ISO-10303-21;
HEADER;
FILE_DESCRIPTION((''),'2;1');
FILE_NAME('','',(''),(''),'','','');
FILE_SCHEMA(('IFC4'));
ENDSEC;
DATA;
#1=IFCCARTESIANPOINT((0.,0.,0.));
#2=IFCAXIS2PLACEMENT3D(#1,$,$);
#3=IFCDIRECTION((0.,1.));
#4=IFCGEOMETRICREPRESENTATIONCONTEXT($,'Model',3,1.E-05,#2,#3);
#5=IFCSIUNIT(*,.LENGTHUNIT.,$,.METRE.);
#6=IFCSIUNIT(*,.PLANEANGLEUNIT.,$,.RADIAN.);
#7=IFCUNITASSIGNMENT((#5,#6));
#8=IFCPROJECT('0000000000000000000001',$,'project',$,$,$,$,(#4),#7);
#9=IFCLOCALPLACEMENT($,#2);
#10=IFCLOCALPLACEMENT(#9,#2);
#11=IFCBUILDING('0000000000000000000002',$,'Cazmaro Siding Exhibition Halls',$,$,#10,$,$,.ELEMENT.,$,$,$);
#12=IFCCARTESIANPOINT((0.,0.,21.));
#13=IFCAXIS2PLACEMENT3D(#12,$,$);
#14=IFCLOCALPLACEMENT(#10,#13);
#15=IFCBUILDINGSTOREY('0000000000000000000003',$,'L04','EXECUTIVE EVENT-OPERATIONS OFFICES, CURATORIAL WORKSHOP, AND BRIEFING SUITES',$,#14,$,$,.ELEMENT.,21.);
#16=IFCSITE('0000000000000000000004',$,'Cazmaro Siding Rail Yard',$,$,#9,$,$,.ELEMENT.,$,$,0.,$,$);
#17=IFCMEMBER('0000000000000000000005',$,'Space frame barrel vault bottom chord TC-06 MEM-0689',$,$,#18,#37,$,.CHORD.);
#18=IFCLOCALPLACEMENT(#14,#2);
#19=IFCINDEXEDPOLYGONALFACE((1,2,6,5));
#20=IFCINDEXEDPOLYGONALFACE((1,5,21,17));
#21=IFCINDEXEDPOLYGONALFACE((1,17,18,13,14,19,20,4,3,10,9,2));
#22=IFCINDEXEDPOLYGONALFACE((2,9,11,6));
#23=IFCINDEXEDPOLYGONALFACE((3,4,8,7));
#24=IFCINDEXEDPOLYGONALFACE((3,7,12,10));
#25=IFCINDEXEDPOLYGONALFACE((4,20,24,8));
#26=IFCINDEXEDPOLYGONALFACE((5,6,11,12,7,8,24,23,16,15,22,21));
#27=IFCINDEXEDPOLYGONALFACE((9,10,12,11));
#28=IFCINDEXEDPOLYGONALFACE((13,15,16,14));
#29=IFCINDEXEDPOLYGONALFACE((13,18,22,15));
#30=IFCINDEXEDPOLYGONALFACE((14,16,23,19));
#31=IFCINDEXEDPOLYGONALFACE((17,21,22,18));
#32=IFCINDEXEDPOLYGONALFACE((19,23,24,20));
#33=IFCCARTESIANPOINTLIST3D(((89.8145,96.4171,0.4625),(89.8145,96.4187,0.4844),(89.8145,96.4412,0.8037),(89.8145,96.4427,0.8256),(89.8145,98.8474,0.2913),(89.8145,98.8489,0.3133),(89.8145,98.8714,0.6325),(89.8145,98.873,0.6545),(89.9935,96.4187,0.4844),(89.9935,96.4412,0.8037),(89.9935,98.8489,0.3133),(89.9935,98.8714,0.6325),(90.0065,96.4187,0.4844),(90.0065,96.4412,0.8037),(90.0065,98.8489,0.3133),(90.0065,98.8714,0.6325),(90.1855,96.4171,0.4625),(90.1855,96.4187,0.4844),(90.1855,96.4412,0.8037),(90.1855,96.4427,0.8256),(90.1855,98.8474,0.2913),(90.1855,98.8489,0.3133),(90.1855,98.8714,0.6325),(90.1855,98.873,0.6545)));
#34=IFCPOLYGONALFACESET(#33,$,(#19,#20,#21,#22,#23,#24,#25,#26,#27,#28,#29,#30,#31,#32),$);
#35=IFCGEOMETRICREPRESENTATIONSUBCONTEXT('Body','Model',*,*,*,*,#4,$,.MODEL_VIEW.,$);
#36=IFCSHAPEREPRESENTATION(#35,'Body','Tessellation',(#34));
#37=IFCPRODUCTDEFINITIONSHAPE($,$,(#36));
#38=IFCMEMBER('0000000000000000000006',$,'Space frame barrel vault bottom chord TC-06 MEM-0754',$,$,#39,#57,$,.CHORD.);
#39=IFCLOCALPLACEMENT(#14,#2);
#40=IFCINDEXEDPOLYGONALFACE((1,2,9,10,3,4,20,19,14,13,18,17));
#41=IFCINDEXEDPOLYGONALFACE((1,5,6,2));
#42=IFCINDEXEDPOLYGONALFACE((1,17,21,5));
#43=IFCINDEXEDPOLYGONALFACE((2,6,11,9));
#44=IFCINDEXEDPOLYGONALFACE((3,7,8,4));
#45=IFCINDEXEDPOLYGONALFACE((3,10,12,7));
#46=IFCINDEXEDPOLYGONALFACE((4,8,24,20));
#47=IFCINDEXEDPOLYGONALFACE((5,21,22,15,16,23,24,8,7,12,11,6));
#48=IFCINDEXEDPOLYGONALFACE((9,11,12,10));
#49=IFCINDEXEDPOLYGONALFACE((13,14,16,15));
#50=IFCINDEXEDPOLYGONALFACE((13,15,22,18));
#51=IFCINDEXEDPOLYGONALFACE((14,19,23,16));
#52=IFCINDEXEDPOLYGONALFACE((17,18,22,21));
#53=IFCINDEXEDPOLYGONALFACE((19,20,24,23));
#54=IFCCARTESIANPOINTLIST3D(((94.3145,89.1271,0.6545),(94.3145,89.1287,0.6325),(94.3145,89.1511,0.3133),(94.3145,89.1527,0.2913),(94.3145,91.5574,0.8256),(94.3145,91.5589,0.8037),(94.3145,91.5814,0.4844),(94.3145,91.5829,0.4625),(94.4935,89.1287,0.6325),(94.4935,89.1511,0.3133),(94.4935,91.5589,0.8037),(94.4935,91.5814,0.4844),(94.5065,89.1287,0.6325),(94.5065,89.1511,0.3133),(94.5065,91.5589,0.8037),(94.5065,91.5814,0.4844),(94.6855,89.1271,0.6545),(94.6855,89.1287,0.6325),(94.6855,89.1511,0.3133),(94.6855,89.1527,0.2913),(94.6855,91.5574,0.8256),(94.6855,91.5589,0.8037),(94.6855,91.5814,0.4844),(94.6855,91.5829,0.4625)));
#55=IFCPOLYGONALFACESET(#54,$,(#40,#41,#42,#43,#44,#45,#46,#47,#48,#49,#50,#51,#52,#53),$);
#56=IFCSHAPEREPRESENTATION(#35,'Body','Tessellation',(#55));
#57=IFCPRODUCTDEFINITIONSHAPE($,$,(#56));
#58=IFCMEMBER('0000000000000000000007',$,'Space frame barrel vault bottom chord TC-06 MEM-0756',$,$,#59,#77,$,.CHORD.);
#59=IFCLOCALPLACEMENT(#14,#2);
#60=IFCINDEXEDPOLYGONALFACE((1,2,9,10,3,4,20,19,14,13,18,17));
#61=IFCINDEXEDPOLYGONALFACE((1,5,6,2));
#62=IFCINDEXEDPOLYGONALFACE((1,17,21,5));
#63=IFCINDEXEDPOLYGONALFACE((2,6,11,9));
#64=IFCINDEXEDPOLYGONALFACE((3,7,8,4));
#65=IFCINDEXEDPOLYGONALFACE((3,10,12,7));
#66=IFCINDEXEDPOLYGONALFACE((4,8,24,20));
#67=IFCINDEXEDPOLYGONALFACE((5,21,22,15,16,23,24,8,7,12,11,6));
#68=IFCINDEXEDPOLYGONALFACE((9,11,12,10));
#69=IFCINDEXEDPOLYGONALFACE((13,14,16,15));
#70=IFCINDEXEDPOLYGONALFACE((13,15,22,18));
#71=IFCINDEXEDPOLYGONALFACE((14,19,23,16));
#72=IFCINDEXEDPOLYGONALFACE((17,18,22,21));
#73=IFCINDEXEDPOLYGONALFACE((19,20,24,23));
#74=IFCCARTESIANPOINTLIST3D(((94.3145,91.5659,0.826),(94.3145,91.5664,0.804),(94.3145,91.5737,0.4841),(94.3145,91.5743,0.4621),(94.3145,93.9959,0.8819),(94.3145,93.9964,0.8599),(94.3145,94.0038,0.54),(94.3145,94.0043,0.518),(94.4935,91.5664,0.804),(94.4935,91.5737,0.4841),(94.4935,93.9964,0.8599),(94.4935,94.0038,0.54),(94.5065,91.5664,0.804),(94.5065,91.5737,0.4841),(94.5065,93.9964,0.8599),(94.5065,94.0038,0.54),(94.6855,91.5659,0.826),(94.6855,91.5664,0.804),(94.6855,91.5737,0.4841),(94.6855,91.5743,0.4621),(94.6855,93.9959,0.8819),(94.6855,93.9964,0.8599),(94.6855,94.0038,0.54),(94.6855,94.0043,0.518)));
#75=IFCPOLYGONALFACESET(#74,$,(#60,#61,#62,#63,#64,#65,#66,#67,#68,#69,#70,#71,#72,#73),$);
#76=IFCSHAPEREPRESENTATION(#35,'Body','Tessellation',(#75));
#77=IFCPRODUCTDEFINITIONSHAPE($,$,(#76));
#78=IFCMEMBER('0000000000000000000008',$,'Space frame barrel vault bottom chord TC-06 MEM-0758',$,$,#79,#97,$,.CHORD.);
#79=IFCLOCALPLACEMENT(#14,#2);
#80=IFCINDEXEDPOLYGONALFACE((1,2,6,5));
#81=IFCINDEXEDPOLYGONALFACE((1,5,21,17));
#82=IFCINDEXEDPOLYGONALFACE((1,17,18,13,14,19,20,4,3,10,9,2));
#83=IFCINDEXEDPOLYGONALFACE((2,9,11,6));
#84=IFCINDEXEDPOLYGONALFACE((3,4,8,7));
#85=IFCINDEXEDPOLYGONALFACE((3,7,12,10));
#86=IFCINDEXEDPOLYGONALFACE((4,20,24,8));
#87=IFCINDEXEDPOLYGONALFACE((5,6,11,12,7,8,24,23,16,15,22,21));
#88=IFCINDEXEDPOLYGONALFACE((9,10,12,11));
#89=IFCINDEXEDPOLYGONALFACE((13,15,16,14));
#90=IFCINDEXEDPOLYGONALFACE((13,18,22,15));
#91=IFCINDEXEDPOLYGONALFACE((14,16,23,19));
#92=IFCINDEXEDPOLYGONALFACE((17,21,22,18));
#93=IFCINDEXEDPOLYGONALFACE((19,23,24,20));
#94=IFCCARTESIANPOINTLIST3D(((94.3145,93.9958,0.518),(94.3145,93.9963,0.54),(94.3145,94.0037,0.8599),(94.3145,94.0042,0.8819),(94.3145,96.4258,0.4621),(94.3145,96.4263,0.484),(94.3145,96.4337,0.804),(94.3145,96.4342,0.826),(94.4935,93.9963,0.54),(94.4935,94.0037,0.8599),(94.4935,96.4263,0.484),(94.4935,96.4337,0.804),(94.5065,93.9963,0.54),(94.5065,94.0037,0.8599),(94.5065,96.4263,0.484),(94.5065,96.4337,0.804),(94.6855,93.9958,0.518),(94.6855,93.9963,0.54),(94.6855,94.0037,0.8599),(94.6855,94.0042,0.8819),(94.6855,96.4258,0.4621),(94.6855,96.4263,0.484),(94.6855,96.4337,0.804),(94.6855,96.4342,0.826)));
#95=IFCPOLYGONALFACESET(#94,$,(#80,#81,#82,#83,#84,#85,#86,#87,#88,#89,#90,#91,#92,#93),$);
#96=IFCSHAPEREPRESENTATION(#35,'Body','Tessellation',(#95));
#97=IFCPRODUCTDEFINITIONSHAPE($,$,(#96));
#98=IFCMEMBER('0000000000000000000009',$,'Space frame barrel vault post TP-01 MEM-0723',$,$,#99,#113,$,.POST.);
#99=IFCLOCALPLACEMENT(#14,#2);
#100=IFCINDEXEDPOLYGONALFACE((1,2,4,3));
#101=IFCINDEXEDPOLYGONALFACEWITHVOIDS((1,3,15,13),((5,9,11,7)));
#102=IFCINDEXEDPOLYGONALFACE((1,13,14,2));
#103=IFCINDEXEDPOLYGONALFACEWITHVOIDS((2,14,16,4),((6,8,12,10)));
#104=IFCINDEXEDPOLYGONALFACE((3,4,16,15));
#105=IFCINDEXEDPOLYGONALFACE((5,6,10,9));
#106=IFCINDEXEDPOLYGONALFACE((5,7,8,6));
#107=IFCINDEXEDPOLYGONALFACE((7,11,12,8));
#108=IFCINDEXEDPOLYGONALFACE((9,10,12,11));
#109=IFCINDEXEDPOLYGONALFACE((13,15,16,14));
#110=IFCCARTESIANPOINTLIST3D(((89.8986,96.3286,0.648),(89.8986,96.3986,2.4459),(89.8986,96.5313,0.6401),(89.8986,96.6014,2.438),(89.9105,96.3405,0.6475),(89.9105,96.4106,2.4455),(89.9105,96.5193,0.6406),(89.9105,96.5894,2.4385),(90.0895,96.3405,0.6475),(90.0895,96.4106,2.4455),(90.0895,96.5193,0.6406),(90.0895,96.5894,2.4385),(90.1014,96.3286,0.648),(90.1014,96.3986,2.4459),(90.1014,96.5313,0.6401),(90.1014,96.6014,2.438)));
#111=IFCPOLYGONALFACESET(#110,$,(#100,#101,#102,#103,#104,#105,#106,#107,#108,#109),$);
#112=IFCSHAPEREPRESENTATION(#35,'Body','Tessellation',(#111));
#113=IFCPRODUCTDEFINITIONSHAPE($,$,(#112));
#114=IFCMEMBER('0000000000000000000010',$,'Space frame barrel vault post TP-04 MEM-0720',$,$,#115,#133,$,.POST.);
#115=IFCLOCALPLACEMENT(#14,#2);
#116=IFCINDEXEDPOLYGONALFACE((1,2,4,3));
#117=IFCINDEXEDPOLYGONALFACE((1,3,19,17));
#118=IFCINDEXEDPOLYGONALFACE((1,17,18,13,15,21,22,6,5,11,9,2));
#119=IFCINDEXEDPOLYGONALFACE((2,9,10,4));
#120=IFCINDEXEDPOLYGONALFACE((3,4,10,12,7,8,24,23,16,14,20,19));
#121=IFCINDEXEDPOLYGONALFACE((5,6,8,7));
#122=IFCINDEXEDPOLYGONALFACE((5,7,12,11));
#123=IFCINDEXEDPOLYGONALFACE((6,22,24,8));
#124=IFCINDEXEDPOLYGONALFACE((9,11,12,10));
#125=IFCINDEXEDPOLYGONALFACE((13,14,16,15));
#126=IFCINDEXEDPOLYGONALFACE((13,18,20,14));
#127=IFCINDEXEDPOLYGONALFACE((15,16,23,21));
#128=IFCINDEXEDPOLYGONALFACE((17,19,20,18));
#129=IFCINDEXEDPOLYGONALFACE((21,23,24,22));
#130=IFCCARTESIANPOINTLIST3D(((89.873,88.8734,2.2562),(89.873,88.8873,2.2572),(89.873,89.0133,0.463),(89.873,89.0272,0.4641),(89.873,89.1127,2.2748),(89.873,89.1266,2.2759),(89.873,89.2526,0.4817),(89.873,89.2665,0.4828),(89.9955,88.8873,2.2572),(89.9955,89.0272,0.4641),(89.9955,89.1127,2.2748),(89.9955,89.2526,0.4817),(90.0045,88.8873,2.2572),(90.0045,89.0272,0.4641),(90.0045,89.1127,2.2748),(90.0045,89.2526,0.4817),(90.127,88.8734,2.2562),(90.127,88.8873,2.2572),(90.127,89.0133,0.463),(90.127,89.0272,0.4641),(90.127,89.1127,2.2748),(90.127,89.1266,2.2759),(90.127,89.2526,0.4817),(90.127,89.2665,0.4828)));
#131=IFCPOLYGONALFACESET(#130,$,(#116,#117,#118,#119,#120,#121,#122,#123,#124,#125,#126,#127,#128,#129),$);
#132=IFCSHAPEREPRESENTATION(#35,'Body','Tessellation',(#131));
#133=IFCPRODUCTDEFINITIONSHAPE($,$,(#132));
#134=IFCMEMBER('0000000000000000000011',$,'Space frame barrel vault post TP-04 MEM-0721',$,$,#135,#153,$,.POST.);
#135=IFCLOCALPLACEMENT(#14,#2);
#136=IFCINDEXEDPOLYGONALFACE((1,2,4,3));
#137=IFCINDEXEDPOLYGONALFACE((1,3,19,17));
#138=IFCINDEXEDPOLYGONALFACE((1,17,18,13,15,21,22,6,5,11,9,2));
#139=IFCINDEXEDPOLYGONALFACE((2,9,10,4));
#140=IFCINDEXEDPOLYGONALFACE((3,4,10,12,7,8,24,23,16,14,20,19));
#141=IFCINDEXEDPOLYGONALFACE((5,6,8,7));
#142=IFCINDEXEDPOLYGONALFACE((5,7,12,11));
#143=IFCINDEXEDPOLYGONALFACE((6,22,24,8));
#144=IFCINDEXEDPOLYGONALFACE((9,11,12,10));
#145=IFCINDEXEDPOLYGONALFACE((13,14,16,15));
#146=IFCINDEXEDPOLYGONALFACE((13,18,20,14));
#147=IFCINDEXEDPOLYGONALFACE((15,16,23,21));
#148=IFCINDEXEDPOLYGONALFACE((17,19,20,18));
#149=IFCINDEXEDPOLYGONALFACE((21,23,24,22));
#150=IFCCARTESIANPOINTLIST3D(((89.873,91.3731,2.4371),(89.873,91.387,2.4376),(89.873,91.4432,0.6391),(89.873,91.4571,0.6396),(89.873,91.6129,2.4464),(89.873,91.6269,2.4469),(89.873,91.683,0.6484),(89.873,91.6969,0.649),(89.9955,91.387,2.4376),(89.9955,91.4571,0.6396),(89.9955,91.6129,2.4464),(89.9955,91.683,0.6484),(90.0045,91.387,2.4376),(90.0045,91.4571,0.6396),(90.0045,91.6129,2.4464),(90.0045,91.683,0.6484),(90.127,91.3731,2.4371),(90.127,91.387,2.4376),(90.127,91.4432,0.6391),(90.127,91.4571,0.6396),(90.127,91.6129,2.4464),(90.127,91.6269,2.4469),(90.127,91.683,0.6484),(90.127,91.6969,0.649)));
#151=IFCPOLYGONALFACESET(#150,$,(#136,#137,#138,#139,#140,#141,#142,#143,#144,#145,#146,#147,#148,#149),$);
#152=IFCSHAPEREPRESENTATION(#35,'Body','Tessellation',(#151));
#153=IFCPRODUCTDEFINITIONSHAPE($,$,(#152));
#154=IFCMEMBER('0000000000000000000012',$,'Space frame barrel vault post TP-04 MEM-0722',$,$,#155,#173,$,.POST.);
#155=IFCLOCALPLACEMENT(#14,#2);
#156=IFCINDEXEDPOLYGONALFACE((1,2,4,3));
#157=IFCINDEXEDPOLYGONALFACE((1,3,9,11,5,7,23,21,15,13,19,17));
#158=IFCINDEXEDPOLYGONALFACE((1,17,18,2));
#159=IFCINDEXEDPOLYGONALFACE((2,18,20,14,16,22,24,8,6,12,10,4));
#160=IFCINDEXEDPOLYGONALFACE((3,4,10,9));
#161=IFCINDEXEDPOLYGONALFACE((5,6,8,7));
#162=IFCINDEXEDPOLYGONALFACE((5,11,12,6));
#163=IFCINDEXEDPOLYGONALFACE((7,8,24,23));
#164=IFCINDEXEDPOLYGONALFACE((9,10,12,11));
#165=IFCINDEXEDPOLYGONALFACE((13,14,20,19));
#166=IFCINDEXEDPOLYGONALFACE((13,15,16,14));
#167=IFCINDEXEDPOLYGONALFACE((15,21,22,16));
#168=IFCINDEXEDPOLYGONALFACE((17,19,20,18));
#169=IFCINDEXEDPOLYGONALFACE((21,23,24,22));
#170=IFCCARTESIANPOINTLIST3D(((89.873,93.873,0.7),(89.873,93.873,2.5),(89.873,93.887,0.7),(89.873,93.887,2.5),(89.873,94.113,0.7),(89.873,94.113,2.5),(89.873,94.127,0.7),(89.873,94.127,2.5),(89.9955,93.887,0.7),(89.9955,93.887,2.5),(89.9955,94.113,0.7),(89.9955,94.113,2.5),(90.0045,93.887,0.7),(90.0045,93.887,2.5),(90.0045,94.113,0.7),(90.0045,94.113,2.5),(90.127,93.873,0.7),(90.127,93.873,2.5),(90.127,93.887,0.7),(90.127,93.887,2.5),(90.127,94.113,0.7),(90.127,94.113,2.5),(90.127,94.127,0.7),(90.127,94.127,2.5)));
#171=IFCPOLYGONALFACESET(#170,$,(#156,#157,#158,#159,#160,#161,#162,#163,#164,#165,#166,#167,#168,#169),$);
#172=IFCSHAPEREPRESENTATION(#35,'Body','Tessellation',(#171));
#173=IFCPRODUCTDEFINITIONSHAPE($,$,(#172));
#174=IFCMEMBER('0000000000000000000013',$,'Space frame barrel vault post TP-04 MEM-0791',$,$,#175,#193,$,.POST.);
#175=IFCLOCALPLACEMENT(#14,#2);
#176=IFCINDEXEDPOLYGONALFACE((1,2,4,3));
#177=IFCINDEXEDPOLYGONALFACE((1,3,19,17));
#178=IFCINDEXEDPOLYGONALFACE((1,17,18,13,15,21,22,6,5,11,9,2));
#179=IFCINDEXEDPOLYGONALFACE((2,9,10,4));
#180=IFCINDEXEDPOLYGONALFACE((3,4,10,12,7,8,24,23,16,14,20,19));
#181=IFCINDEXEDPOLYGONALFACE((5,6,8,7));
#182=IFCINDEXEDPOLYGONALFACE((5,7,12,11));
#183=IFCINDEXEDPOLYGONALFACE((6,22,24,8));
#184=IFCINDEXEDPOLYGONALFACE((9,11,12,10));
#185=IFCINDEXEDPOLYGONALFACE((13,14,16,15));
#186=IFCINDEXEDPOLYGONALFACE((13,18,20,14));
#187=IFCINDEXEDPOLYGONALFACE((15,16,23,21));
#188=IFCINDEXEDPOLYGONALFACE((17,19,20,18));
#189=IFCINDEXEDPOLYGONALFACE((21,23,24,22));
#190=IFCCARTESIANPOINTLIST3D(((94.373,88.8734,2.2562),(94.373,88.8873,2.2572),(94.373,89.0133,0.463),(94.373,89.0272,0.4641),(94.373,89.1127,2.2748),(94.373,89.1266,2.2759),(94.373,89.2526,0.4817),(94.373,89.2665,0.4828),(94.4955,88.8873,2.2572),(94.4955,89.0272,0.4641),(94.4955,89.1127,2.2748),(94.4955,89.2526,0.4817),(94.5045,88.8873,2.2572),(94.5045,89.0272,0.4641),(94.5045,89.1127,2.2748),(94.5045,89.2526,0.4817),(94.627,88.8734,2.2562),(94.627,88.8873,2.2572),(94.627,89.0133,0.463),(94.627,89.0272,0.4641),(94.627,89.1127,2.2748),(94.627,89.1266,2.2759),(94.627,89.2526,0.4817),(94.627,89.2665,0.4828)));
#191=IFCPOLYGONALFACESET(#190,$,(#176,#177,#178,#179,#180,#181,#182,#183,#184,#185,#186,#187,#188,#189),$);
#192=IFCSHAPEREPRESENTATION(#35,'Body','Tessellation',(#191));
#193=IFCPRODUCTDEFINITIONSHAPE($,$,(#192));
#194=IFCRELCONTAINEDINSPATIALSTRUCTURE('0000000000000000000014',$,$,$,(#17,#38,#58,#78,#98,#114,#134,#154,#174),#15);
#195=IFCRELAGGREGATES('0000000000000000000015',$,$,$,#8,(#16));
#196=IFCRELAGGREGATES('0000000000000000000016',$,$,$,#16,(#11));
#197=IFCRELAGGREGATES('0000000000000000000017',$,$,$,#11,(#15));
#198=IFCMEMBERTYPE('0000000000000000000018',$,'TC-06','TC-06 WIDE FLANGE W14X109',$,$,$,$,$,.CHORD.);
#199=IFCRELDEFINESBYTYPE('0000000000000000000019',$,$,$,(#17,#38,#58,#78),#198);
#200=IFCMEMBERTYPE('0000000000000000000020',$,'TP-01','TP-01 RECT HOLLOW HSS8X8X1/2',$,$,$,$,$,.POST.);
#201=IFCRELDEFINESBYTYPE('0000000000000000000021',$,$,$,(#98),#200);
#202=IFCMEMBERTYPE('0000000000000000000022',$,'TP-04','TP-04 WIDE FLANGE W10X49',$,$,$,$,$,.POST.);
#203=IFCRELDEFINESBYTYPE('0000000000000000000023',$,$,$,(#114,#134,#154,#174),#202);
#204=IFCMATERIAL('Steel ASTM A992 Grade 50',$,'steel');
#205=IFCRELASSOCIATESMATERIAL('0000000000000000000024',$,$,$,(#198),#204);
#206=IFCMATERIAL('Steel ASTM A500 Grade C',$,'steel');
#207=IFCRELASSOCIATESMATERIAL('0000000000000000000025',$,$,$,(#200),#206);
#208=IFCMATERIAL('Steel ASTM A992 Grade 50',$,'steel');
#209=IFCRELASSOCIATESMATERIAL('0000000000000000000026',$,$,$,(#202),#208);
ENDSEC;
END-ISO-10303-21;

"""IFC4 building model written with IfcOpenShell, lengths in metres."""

from ifc_helpers import new_model, si_unit, direction, frame, origin, origin_2d, place, context, subcontext, project, spatial, hollow_rectangle, i_section, extrude, material, material_profile, profile_set, type_object, element, save


model = new_model("IFC4")

# Units and contexts
model_context = context("Model", 3, precision=1e-05, world=origin(), true_north=direction((0.0, 1.0)))
body_context = subcontext(model_context, "Body", "Model", "MODEL_VIEW")
ifc_project = project(units=[si_unit("LENGTHUNIT", "METRE"), si_unit("PLANEANGLEUNIT", "RADIAN")], contexts=[model_context])

# Site, building, storey
site_placement = place(None, origin())
site = spatial("IfcSite", under=ifc_project, at=site_placement, Name="Cazmaro Siding Rail Yard", CompositionType="ELEMENT", RefElevation=0.0)
building_placement = place(site_placement, origin())
building = spatial("IfcBuilding", under=site, at=building_placement, Name="Cazmaro Siding Exhibition Halls", CompositionType="ELEMENT")
storey_placement = place(building_placement, frame((0.0, 0.0, 21.0)))
storey = spatial("IfcBuildingStorey", under=building, at=storey_placement, Name="L04", Description="EXECUTIVE EVENT-OPERATIONS OFFICES, CURATORIAL WORKSHOP, AND BRIEFING SUITES", CompositionType="ELEMENT", Elevation=21.0)

# Members
ifc_material_1 = material(Name="Steel ASTM A992 Grade 50", Category="steel")
ifc_material_profile_1 = material_profile(ifc_material_1, i_section(OverallWidth=0.3711, OverallDepth=0.364, WebThickness=0.0129, FlangeThickness=0.022, at=origin_2d()), Name="W14X109")
ifc_profile_set_1 = profile_set([ifc_material_profile_1], Name="Steel ASTM A992 Grade 50")
member_type_1 = type_object("IfcMemberType", Name="TC-06", Description="TC-06 WIDE FLANGE W14X109", PredefinedType="CHORD", material=ifc_profile_set_1)
for number, where, z_axis, x_axis, name in (
    (1, (90.0, 96.4299, 0.644), (0.0, 0.997529, -0.07025), (-1.0, 0.0, 0.0), "Space frame barrel vault bottom chord TC-06 MEM-0689"),
    (2, (94.5, 89.1399, 0.4729), (0.0, 0.997529, 0.07025), (-1.0, 0.0, 0.0), "Space frame barrel vault bottom chord TC-06 MEM-0754"),
):
    element("IfcMember", number, at=place(storey_placement, frame(where, z_axis=z_axis, x_axis=x_axis)), inside=storey, type_object=member_type_1, Name=name, PredefinedType="CHORD", context=body_context, shape_type="SweptSolid", body=[
        extrude(i_section(OverallWidth=0.3711, OverallDepth=0.364, WebThickness=0.0129, FlangeThickness=0.022, at=origin_2d()), origin(), (0.0, 0.0, 1.0), 2.4363),
    ])
for number, where, z_axis, x_axis, name in (
    (3, (94.5, 91.5701, 0.644), (0.0, 0.999735, 0.023002), (-1.0, 0.0, 0.0), "Space frame barrel vault bottom chord TC-06 MEM-0756"),
    (4, (94.5, 94.0, 0.7), (0.0, 0.999735, -0.023002), (-1.0, 0.0, 0.0), "Space frame barrel vault bottom chord TC-06 MEM-0758"),
):
    element("IfcMember", number, at=place(storey_placement, frame(where, z_axis=z_axis, x_axis=x_axis)), inside=storey, type_object=member_type_1, Name=name, PredefinedType="CHORD", context=body_context, shape_type="SweptSolid", body=[
        extrude(i_section(OverallWidth=0.3711, OverallDepth=0.364, WebThickness=0.0129, FlangeThickness=0.022, at=origin_2d()), origin(), (0.0, 0.0, 1.0), 2.4307),
    ])
ifc_material_2 = material(Name="Steel ASTM A500 Grade C", Category="steel")
ifc_material_profile_2 = material_profile(ifc_material_2, hollow_rectangle(XDim=0.2029, YDim=0.2029, WallThickness=0.012, at=origin_2d()), Name="HSS8X8X1/2")
ifc_profile_set_2 = profile_set([ifc_material_profile_2], Name="Steel ASTM A500 Grade C")
member_type_2 = type_object("IfcMemberType", Name="TP-01", Description="TP-01 RECT HOLLOW HSS8X8X1/2", PredefinedType="POST", material=ifc_profile_set_2)
member_1_placement = place(storey_placement, frame((90.0, 96.4299, 0.644), z_axis=(0.0, 0.038944, 0.999241), x_axis=(-1.0, 0.0, 0.0)))
element("IfcMember", 5, at=member_1_placement, inside=storey, type_object=member_type_2, Name="Space frame barrel vault post TP-01 MEM-0723", PredefinedType="POST", context=body_context, shape_type="SweptSolid", body=[
    extrude(hollow_rectangle(XDim=0.2029, YDim=0.2029, WallThickness=0.012, at=origin_2d()), origin(), (0.0, 0.0, 1.0), 1.7993),
])
ifc_material_3 = material(Name="Steel ASTM A992 Grade 50", Category="steel")
ifc_material_profile_3 = material_profile(ifc_material_3, i_section(OverallWidth=0.2539, OverallDepth=0.2539, WebThickness=0.009, FlangeThickness=0.0139, at=origin_2d()), Name="W10X49")
ifc_profile_set_3 = profile_set([ifc_material_profile_3], Name="Steel ASTM A992 Grade 50")
member_type_3 = type_object("IfcMemberType", Name="TP-04", Description="TP-04 WIDE FLANGE W10X49", PredefinedType="POST", material=ifc_profile_set_3)
member_2_placement = place(storey_placement, frame((90.0, 89.1399, 0.4729), z_axis=(0.0, -0.077776, 0.996971), x_axis=(1.0, 0.0, 0.0)))
element("IfcMember", 6, at=member_2_placement, inside=storey, type_object=member_type_3, Name="Space frame barrel vault post TP-04 MEM-0720", PredefinedType="POST", context=body_context, shape_type="SweptSolid", body=[
    extrude(i_section(OverallWidth=0.2539, OverallDepth=0.2539, WebThickness=0.009, FlangeThickness=0.0139, at=origin_2d()), origin(), (0.0, 0.0, 1.0), 1.7986),
])
member_3_placement = place(storey_placement, frame((90.0, 91.5701, 0.644), z_axis=(0.0, -0.038944, 0.999241), x_axis=(1.0, 0.0, 0.0)))
element("IfcMember", 7, at=member_3_placement, inside=storey, type_object=member_type_3, Name="Space frame barrel vault post TP-04 MEM-0721", PredefinedType="POST", context=body_context, shape_type="SweptSolid", body=[
    extrude(i_section(OverallWidth=0.2539, OverallDepth=0.2539, WebThickness=0.009, FlangeThickness=0.0139, at=origin_2d()), origin(), (0.0, 0.0, 1.0), 1.7993),
])
member_4_placement = place(storey_placement, frame((90.0, 94.0, 0.7), z_axis=(0.0, 0.0, 1.0), x_axis=(1.0, 0.0, 0.0)))
element("IfcMember", 8, at=member_4_placement, inside=storey, type_object=member_type_3, Name="Space frame barrel vault post TP-04 MEM-0722", PredefinedType="POST", context=body_context, shape_type="SweptSolid", body=[
    extrude(i_section(OverallWidth=0.2539, OverallDepth=0.2539, WebThickness=0.009, FlangeThickness=0.0139, at=origin_2d()), origin(), (0.0, 0.0, 1.0), 1.8),
])
member_5_placement = place(storey_placement, frame((94.5, 89.1399, 0.4729), z_axis=(0.0, -0.077776, 0.996971), x_axis=(1.0, 0.0, 0.0)))
element("IfcMember", 9, at=member_5_placement, inside=storey, type_object=member_type_3, Name="Space frame barrel vault post TP-04 MEM-0791", PredefinedType="POST", context=body_context, shape_type="SweptSolid", body=[
    extrude(i_section(OverallWidth=0.2539, OverallDepth=0.2539, WebThickness=0.009, FlangeThickness=0.0139, at=origin_2d()), origin(), (0.0, 0.0, 1.0), 1.7986),
])

save(model, "model.ifc")
